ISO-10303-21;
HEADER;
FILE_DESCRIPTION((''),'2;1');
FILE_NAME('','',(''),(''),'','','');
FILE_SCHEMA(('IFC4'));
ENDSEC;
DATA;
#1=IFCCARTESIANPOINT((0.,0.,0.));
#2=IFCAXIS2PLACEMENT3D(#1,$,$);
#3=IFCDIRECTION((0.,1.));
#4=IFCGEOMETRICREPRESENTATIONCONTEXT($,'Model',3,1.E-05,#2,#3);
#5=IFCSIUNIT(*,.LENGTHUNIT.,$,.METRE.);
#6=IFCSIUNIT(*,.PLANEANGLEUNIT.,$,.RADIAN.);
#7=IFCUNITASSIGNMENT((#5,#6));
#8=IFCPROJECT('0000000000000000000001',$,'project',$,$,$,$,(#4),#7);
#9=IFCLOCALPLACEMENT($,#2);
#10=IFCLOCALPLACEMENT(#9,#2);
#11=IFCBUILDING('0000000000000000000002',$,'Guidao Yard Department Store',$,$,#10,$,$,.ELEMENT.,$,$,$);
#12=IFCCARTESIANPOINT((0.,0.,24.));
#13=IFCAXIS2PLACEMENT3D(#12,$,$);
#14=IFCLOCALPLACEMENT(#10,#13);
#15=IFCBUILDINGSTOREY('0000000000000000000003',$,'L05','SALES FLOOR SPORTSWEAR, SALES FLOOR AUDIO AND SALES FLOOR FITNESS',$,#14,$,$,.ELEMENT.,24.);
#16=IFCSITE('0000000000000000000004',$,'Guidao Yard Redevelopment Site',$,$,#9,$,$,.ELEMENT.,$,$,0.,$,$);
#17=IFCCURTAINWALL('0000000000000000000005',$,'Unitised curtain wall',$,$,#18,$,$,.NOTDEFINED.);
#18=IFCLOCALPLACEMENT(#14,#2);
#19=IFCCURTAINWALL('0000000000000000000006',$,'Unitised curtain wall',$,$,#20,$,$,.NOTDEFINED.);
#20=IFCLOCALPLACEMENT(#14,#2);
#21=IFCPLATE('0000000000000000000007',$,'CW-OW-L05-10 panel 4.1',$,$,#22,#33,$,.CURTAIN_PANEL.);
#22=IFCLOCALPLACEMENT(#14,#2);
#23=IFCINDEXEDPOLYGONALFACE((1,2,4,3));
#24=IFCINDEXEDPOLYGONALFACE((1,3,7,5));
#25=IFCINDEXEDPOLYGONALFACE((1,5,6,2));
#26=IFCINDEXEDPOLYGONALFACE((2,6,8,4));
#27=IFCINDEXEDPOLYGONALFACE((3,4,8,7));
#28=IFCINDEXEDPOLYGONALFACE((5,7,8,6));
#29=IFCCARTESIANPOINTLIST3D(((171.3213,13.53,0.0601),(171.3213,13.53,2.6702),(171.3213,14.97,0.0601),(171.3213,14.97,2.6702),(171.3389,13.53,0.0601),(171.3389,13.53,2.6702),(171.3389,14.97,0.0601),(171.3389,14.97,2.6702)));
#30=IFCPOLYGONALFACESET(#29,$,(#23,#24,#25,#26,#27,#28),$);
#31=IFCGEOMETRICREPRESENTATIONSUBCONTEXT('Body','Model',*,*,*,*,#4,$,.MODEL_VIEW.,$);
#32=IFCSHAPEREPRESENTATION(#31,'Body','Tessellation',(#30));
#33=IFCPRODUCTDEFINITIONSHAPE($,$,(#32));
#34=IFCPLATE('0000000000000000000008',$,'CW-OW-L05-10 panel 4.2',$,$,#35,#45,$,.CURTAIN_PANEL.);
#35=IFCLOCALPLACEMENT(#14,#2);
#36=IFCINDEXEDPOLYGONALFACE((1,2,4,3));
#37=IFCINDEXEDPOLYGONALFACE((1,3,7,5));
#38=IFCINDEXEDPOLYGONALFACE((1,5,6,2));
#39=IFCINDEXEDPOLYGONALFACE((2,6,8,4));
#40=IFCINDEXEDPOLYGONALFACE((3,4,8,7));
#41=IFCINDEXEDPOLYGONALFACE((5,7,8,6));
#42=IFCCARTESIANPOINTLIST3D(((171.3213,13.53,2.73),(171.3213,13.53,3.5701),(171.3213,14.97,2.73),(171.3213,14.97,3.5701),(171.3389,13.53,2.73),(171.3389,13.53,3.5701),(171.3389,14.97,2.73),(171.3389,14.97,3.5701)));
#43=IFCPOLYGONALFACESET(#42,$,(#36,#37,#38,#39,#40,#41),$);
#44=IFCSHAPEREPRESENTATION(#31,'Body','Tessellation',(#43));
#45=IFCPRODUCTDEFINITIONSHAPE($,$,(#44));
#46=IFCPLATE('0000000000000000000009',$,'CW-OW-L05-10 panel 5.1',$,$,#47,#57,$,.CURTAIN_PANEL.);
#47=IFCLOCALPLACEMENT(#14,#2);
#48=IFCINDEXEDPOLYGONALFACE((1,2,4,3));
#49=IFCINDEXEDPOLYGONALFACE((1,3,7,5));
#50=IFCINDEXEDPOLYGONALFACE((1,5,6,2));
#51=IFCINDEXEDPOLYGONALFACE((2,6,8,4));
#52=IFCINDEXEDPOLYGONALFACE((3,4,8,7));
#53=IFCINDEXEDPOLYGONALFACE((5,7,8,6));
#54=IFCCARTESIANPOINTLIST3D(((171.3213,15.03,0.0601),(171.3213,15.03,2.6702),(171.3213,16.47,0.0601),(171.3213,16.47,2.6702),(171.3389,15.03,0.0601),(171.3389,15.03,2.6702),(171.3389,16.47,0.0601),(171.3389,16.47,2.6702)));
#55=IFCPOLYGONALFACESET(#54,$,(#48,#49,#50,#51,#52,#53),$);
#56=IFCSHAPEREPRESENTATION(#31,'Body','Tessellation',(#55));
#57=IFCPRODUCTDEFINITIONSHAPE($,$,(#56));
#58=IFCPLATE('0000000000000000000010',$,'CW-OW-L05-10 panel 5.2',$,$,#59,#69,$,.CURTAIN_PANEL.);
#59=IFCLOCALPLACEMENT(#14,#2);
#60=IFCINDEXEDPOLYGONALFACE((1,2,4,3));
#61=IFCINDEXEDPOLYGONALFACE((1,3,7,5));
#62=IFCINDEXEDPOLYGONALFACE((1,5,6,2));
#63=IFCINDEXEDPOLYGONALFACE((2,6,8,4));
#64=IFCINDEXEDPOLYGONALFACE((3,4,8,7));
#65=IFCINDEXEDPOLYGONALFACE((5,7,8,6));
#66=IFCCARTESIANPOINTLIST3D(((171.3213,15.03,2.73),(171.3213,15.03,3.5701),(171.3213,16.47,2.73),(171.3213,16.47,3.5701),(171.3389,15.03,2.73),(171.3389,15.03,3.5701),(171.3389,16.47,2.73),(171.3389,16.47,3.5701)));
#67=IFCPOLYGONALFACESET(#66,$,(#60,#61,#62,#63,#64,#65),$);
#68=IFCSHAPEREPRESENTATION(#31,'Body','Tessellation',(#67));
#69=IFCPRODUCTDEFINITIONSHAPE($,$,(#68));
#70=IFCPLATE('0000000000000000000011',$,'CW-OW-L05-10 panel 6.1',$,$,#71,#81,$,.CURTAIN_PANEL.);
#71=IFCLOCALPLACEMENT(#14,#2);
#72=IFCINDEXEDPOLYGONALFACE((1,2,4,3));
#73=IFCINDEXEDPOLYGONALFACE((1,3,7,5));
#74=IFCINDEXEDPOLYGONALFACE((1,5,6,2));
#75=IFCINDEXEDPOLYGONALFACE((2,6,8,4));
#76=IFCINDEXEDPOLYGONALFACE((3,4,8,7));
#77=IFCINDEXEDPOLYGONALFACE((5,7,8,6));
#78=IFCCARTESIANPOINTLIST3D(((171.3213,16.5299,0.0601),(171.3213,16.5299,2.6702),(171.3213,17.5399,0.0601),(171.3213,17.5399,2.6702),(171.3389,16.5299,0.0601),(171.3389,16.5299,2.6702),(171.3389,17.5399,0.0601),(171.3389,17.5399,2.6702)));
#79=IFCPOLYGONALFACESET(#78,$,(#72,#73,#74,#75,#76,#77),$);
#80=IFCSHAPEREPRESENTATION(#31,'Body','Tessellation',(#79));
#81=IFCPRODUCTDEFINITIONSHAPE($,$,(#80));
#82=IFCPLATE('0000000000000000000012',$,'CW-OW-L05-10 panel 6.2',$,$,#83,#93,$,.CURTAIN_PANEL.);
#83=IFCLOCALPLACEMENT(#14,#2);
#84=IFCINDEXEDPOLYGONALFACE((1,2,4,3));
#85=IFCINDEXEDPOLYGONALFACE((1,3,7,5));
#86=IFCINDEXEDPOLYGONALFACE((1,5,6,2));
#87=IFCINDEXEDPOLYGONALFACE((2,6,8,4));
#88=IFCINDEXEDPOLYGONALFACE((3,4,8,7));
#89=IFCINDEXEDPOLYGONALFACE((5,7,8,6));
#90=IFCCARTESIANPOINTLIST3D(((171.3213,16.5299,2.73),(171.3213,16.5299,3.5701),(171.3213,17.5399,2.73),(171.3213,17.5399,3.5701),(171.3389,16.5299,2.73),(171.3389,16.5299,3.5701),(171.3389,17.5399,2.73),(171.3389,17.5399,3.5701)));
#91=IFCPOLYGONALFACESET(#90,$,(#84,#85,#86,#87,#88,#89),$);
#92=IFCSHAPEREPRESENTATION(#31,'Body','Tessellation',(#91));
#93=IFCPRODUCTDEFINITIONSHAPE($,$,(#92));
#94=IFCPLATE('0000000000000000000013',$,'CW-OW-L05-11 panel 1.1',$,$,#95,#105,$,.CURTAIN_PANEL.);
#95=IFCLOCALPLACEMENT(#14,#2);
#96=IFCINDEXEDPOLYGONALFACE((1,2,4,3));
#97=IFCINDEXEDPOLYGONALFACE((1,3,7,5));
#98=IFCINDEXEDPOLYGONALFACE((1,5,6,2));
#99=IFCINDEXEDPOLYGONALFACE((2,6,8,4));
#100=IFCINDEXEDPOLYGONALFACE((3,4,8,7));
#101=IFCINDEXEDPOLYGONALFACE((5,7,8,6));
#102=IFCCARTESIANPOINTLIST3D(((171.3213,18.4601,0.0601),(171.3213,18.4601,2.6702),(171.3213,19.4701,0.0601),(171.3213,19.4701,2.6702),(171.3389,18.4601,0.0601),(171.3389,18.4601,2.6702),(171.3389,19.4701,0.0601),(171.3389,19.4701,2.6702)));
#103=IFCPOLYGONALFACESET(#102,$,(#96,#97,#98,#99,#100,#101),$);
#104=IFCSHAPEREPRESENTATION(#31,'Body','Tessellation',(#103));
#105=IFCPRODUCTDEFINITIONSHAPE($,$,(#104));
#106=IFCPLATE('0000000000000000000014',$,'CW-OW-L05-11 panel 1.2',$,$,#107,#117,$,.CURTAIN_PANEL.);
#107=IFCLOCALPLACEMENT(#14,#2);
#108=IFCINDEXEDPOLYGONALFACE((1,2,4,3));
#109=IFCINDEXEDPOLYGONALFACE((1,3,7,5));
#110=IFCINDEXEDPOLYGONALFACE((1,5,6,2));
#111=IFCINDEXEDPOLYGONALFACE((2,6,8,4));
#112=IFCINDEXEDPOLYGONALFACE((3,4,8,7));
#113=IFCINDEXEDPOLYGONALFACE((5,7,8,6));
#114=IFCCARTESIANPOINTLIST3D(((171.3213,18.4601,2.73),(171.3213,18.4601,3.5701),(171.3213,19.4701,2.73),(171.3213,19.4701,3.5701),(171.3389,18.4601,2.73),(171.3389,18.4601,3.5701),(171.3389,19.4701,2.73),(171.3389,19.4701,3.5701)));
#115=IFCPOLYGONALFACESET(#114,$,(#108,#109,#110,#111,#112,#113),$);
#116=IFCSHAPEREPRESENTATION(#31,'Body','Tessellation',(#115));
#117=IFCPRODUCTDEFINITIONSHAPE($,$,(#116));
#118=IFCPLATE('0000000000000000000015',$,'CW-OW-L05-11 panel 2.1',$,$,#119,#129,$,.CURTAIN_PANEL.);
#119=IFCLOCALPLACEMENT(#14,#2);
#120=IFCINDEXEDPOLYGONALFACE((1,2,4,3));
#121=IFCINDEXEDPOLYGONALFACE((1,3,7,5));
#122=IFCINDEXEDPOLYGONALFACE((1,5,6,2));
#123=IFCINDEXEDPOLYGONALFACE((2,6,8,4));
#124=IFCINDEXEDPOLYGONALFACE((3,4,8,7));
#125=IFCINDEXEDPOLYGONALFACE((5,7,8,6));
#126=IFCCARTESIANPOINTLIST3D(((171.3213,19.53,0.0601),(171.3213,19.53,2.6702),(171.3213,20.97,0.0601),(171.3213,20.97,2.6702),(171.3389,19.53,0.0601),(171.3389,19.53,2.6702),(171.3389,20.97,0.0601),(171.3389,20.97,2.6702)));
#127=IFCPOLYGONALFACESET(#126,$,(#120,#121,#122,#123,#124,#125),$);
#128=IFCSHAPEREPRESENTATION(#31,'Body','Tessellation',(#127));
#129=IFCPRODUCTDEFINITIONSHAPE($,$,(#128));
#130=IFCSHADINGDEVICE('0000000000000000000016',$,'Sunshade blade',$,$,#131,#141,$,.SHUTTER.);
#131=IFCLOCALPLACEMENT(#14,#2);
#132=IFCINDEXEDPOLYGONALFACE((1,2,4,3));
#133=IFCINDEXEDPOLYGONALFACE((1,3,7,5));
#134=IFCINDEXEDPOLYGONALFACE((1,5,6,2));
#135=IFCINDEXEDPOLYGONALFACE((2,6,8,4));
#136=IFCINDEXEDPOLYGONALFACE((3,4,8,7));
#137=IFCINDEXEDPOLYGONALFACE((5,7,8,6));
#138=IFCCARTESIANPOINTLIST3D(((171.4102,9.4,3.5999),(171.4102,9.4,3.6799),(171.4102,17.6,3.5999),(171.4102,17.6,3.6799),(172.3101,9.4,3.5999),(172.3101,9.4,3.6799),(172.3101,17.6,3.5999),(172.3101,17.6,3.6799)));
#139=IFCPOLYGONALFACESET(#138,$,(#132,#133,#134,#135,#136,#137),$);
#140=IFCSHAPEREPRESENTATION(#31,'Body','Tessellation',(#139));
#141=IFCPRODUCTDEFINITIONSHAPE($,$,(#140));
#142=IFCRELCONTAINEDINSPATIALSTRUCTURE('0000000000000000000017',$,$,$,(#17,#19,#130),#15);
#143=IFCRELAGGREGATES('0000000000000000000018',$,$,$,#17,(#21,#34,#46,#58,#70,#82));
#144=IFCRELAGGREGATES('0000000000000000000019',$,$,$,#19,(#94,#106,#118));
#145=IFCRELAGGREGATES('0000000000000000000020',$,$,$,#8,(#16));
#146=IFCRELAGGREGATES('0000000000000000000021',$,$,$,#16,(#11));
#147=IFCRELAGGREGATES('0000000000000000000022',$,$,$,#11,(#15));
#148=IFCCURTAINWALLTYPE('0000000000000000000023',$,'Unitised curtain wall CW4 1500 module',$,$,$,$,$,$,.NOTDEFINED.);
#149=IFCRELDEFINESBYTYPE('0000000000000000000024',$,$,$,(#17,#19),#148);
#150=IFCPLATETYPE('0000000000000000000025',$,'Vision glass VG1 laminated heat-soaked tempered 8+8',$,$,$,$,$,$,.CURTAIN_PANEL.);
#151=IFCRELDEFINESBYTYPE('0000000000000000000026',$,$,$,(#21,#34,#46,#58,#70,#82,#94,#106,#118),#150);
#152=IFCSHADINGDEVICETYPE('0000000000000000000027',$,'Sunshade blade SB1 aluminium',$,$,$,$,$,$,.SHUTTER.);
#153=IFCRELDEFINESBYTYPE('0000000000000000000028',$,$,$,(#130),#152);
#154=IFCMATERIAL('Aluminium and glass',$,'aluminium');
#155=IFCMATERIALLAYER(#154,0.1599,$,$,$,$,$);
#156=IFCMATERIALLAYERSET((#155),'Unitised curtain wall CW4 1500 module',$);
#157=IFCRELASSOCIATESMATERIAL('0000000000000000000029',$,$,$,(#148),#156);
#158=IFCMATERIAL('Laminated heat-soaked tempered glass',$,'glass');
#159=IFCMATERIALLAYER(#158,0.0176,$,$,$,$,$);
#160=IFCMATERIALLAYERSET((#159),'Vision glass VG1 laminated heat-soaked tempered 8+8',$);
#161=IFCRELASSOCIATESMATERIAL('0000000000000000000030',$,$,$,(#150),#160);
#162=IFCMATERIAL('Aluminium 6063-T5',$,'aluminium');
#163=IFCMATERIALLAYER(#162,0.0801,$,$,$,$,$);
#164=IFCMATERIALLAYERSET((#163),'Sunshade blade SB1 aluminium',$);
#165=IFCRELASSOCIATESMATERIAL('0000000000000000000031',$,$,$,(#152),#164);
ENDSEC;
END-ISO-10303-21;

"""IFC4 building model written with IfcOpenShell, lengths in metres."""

from ifc_helpers import new_model, si_unit, direction, frame, origin, origin_2d, place, context, subcontext, project, spatial, rectangle, extrude, material, layer, layer_set, type_object, element, aggregate, save


model = new_model("IFC4")

# Units and contexts
model_context = context("Model", 3, precision=1e-05, world=origin(), true_north=direction((0.0, 1.0)))
body_context = subcontext(model_context, "Body", "Model", "MODEL_VIEW")
ifc_project = project(units=[si_unit("LENGTHUNIT", "METRE"), si_unit("PLANEANGLEUNIT", "RADIAN")], contexts=[model_context])

# Site, building, storey
site_placement = place(None, origin())
site = spatial("IfcSite", under=ifc_project, at=site_placement, Name="Guidao Yard Redevelopment Site", CompositionType="ELEMENT", RefElevation=0.0)
building_placement = place(site_placement, origin())
building = spatial("IfcBuilding", under=site, at=building_placement, Name="Guidao Yard Department Store", CompositionType="ELEMENT")
storey_placement = place(building_placement, frame((0.0, 0.0, 24.0)))
storey = spatial("IfcBuildingStorey", under=building, at=storey_placement, Name="L05", Description="SALES FLOOR SPORTSWEAR, SALES FLOOR AUDIO AND SALES FLOOR FITNESS", CompositionType="ELEMENT", Elevation=24.0)

# Curtain walls
ifc_material_1 = material(Name="Aluminium and glass", Category="aluminium")
ifc_layer_1 = layer(ifc_material_1, 0.1599)
ifc_layer_set_1 = layer_set([ifc_layer_1], Name="Unitised curtain wall CW4 1500 module")
curtain_wall_type = type_object("IfcCurtainWallType", Name="Unitised curtain wall CW4 1500 module", PredefinedType="NOTDEFINED", material=ifc_layer_set_1)
curtain_wall_1_placement = place(storey_placement, origin())
curtain_wall_1 = element("IfcCurtainWall", 1, at=curtain_wall_1_placement, inside=storey, type_object=curtain_wall_type, Name="Unitised curtain wall", PredefinedType="NOTDEFINED")
curtain_wall_2_placement = place(storey_placement, origin())
curtain_wall_2 = element("IfcCurtainWall", 2, at=curtain_wall_2_placement, inside=storey, type_object=curtain_wall_type, Name="Unitised curtain wall", PredefinedType="NOTDEFINED")

# Plates
ifc_material_2 = material(Name="Laminated heat-soaked tempered glass", Category="glass")
ifc_layer_2 = layer(ifc_material_2, 0.0176)
ifc_layer_set_2 = layer_set([ifc_layer_2], Name="Vision glass VG1 laminated heat-soaked tempered 8+8")
plate_type_1 = type_object("IfcPlateType", Name="Vision glass VG1 laminated heat-soaked tempered 8+8", PredefinedType="CURTAIN_PANEL", material=ifc_layer_set_2)
plate_1_placement = place(storey_placement, frame((171.3301, 14.25, 0.0601), z_axis=(0.0, 0.0, 1.0), x_axis=(0.0, -1.0, 0.0)))
plate_1 = element("IfcPlate", 3, at=plate_1_placement, type_object=plate_type_1, Name="CW-OW-L05-10 panel 4.1", PredefinedType="CURTAIN_PANEL", context=body_context, shape_type="SweptSolid", body=[
    extrude(rectangle(XDim=1.4399, YDim=0.0176, at=origin_2d()), origin(), (0.0, 0.0, 1.0), 2.6101),
])
plate_2_placement = place(storey_placement, frame((171.3301, 14.25, 2.73), z_axis=(0.0, 0.0, 1.0), x_axis=(0.0, -1.0, 0.0)))
plate_2 = element("IfcPlate", 4, at=plate_2_placement, type_object=plate_type_1, Name="CW-OW-L05-10 panel 4.2", PredefinedType="CURTAIN_PANEL", context=body_context, shape_type="SweptSolid", body=[
    extrude(rectangle(XDim=1.4399, YDim=0.0176, at=origin_2d()), origin(), (0.0, 0.0, 1.0), 0.8401),
])
plate_3_placement = place(storey_placement, frame((171.3301, 15.75, 0.0601), z_axis=(0.0, 0.0, 1.0), x_axis=(0.0, -1.0, 0.0)))
plate_3 = element("IfcPlate", 5, at=plate_3_placement, type_object=plate_type_1, Name="CW-OW-L05-10 panel 5.1", PredefinedType="CURTAIN_PANEL", context=body_context, shape_type="SweptSolid", body=[
    extrude(rectangle(XDim=1.4399, YDim=0.0176, at=origin_2d()), origin(), (0.0, 0.0, 1.0), 2.6101),
])
plate_4_placement = place(storey_placement, frame((171.3301, 15.75, 2.73), z_axis=(0.0, 0.0, 1.0), x_axis=(0.0, -1.0, 0.0)))
plate_4 = element("IfcPlate", 6, at=plate_4_placement, type_object=plate_type_1, Name="CW-OW-L05-10 panel 5.2", PredefinedType="CURTAIN_PANEL", context=body_context, shape_type="SweptSolid", body=[
    extrude(rectangle(XDim=1.4399, YDim=0.0176, at=origin_2d()), origin(), (0.0, 0.0, 1.0), 0.8401),
])
plate_5_placement = place(storey_placement, frame((171.3301, 17.0349, 0.0601), z_axis=(0.0, 0.0, 1.0), x_axis=(0.0, -1.0, 0.0)))
plate_5 = element("IfcPlate", 7, at=plate_5_placement, type_object=plate_type_1, Name="CW-OW-L05-10 panel 6.1", PredefinedType="CURTAIN_PANEL", context=body_context, shape_type="SweptSolid", body=[
    extrude(rectangle(XDim=1.01, YDim=0.0176, at=origin_2d()), origin(), (0.0, 0.0, 1.0), 2.6101),
])
plate_6_placement = place(storey_placement, frame((171.3301, 17.0349, 2.73), z_axis=(0.0, 0.0, 1.0), x_axis=(0.0, -1.0, 0.0)))
plate_6 = element("IfcPlate", 8, at=plate_6_placement, type_object=plate_type_1, Name="CW-OW-L05-10 panel 6.2", PredefinedType="CURTAIN_PANEL", context=body_context, shape_type="SweptSolid", body=[
    extrude(rectangle(XDim=1.01, YDim=0.0176, at=origin_2d()), origin(), (0.0, 0.0, 1.0), 0.8401),
])
aggregate(curtain_wall_1, [plate_1, plate_2, plate_3, plate_4, plate_5, plate_6])
plate_7_placement = place(storey_placement, frame((171.3301, 18.9651, 0.0601), z_axis=(0.0, 0.0, 1.0), x_axis=(0.0, -1.0, 0.0)))
plate_7 = element("IfcPlate", 9, at=plate_7_placement, type_object=plate_type_1, Name="CW-OW-L05-11 panel 1.1", PredefinedType="CURTAIN_PANEL", context=body_context, shape_type="SweptSolid", body=[
    extrude(rectangle(XDim=1.01, YDim=0.0176, at=origin_2d()), origin(), (0.0, 0.0, 1.0), 2.6101),
])
plate_8_placement = place(storey_placement, frame((171.3301, 18.9651, 2.73), z_axis=(0.0, 0.0, 1.0), x_axis=(0.0, -1.0, 0.0)))
plate_8 = element("IfcPlate", 10, at=plate_8_placement, type_object=plate_type_1, Name="CW-OW-L05-11 panel 1.2", PredefinedType="CURTAIN_PANEL", context=body_context, shape_type="SweptSolid", body=[
    extrude(rectangle(XDim=1.01, YDim=0.0176, at=origin_2d()), origin(), (0.0, 0.0, 1.0), 0.8401),
])
plate_9_placement = place(storey_placement, frame((171.3301, 20.25, 0.0601), z_axis=(0.0, 0.0, 1.0), x_axis=(0.0, -1.0, 0.0)))
plate_9 = element("IfcPlate", 11, at=plate_9_placement, type_object=plate_type_1, Name="CW-OW-L05-11 panel 2.1", PredefinedType="CURTAIN_PANEL", context=body_context, shape_type="SweptSolid", body=[
    extrude(rectangle(XDim=1.4399, YDim=0.0176, at=origin_2d()), origin(), (0.0, 0.0, 1.0), 2.6101),
])
aggregate(curtain_wall_2, [plate_7, plate_8, plate_9])

# Shading device
ifc_material_3 = material(Name="Aluminium 6063-T5", Category="aluminium")
ifc_layer_3 = layer(ifc_material_3, 0.0801)
ifc_layer_set_3 = layer_set([ifc_layer_3], Name="Sunshade blade SB1 aluminium")
shading_device_type = type_object("IfcShadingDeviceType", Name="Sunshade blade SB1 aluminium", PredefinedType="SHUTTER", material=ifc_layer_set_3)
shading_device_placement = place(storey_placement, frame((171.8601, 13.5, 3.5999), z_axis=(0.0, 0.0, 1.0), x_axis=(0.0, -1.0, 0.0)))
element("IfcShadingDevice", 12, at=shading_device_placement, inside=storey, type_object=shading_device_type, Name="Sunshade blade", PredefinedType="SHUTTER", context=body_context, shape_type="SweptSolid", body=[
    extrude(rectangle(XDim=8.2, YDim=0.8999, at=origin_2d()), origin(), (0.0, 0.0, 1.0), 0.0801),
])

save(model, "model.ifc")
